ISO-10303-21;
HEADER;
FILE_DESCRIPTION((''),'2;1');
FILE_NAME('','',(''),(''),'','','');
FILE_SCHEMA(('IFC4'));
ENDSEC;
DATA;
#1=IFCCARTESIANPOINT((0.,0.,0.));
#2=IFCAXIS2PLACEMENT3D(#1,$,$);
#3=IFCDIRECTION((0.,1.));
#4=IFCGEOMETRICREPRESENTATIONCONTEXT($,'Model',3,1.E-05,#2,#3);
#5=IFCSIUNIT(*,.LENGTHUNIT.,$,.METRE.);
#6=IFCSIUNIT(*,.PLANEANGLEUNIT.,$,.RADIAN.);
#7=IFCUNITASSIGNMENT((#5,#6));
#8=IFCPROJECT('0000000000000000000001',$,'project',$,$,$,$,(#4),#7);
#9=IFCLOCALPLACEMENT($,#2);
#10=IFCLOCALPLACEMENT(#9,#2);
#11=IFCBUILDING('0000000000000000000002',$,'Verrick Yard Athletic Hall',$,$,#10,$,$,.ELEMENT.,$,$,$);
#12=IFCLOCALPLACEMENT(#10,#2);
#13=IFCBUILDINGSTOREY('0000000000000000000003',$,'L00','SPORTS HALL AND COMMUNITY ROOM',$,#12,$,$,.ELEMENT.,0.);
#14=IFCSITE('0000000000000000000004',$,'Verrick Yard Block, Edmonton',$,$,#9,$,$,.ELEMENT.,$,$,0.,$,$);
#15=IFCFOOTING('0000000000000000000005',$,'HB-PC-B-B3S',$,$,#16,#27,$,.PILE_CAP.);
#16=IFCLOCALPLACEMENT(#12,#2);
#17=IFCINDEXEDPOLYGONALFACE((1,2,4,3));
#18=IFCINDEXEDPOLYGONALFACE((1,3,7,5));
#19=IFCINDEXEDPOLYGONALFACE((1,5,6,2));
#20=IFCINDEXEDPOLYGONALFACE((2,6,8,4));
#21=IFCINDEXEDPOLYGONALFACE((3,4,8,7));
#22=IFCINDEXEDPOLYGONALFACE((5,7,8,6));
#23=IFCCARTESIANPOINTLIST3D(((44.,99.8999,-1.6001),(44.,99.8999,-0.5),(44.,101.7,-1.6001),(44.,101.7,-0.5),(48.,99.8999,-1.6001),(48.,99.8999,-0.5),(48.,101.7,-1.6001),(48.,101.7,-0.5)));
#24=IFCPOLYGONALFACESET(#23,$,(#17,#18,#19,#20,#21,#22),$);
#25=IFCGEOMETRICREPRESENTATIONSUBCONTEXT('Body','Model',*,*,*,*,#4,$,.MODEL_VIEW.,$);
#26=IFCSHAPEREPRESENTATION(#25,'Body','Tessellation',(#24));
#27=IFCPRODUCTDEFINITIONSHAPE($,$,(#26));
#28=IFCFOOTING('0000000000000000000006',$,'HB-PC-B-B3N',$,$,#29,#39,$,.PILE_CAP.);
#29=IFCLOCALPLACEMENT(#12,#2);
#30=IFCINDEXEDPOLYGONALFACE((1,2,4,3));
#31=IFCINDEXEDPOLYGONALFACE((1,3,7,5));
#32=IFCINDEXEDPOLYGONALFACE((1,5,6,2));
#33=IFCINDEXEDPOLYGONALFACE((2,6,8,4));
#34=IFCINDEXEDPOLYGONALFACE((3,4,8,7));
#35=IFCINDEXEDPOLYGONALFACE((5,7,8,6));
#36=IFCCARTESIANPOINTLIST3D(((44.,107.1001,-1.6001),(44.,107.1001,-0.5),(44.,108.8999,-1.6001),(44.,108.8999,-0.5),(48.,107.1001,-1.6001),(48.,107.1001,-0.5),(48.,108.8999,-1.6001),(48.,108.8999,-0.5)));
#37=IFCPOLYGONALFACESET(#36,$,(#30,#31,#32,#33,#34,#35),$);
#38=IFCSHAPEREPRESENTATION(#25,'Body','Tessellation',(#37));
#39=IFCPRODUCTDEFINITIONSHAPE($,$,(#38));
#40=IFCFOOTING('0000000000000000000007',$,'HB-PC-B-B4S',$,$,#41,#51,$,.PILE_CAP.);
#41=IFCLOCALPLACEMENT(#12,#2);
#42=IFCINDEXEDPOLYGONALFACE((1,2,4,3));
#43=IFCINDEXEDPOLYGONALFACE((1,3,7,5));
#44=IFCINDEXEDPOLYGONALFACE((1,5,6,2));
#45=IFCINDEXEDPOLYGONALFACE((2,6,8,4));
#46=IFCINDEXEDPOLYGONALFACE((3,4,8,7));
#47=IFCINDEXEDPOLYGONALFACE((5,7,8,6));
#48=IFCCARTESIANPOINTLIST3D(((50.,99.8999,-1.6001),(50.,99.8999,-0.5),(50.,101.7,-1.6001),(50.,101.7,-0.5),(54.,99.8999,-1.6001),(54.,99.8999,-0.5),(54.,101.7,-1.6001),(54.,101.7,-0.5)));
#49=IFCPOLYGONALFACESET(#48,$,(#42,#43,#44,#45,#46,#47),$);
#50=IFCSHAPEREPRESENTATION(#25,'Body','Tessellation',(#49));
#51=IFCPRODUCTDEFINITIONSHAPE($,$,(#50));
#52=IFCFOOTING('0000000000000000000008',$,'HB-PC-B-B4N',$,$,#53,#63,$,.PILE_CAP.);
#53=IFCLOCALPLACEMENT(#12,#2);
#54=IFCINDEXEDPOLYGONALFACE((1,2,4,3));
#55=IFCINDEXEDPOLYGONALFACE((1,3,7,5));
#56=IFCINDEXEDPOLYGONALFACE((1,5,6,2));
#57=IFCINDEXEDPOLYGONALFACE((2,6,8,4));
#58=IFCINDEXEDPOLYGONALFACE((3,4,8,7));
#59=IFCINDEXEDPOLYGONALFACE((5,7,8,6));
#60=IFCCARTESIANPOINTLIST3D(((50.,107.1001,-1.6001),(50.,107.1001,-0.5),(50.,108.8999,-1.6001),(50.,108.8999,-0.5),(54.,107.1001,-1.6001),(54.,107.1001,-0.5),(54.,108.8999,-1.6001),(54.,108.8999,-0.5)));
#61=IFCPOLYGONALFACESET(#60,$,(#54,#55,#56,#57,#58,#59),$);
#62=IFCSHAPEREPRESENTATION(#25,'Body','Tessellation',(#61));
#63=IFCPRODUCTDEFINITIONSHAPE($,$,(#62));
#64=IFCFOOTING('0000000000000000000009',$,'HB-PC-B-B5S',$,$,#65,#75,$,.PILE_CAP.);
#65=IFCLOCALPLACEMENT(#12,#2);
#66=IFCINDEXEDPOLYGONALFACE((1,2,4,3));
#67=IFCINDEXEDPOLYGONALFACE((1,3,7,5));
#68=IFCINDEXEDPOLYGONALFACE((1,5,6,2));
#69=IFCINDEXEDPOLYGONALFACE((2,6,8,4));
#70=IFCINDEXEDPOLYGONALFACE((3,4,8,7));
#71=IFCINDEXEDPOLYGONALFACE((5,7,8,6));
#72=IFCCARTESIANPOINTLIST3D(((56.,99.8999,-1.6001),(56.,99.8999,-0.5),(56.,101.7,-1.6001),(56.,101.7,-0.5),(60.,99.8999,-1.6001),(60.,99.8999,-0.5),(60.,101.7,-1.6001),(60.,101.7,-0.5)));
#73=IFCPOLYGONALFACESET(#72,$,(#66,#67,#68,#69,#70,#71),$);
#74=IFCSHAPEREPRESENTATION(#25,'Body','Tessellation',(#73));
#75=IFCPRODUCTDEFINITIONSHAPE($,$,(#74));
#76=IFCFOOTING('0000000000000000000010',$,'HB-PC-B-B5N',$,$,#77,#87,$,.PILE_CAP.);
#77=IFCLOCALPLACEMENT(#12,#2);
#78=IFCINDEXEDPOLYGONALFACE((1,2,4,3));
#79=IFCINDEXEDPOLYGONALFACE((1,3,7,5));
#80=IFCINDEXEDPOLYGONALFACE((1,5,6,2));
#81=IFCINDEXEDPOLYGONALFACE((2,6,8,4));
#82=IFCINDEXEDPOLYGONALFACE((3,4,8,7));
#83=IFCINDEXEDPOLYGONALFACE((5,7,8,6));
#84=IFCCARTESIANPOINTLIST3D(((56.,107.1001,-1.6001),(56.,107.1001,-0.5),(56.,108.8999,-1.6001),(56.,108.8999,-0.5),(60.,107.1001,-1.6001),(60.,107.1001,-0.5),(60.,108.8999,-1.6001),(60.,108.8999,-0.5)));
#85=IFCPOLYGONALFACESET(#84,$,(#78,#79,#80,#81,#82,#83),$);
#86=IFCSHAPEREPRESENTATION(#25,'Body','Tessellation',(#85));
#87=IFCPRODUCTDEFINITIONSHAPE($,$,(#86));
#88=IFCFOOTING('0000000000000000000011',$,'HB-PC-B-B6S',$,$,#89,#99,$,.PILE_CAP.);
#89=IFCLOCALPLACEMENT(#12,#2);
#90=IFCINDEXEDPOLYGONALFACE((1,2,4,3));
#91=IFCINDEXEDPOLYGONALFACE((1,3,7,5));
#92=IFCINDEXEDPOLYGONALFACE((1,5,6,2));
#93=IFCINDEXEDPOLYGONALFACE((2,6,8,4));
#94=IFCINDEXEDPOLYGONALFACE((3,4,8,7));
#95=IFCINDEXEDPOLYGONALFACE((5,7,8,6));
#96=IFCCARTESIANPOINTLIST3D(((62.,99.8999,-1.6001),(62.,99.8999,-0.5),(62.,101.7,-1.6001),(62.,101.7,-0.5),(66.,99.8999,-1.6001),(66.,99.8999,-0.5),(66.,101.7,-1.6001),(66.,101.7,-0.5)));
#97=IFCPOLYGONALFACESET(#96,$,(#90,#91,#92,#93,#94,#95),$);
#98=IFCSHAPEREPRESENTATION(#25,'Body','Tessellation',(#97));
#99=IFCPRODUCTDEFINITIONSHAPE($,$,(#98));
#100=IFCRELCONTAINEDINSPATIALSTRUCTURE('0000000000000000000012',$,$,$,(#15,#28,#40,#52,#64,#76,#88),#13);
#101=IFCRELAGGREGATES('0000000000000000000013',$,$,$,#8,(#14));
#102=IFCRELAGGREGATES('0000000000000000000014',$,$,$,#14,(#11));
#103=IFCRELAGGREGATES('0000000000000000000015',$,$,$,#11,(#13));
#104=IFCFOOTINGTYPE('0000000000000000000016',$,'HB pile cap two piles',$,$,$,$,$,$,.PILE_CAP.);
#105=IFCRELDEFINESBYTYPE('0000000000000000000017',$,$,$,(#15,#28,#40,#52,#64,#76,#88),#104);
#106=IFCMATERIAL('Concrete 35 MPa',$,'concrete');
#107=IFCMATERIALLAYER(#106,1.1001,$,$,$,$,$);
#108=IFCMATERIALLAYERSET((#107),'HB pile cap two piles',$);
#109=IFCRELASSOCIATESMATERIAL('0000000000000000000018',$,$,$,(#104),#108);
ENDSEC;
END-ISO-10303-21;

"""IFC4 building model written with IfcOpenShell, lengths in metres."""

from ifc_helpers import new_model, si_unit, direction, frame, origin, place, context, subcontext, project, spatial, polyline, outline, extrude, material, layer, layer_set, type_object, element, save


model = new_model("IFC4")

# Units and contexts
model_context = context("Model", 3, precision=1e-05, world=origin(), true_north=direction((0.0, 1.0)))
body_context = subcontext(model_context, "Body", "Model", "MODEL_VIEW")
ifc_project = project(units=[si_unit("LENGTHUNIT", "METRE"), si_unit("PLANEANGLEUNIT", "RADIAN")], contexts=[model_context])

# Site, building, storey
site_placement = place(None, origin())
site = spatial("IfcSite", under=ifc_project, at=site_placement, Name="Verrick Yard Block, Edmonton", CompositionType="ELEMENT", RefElevation=0.0)
building_placement = place(site_placement, origin())
building = spatial("IfcBuilding", under=site, at=building_placement, Name="Verrick Yard Athletic Hall", CompositionType="ELEMENT")
storey_placement = place(building_placement, origin())
storey = spatial("IfcBuildingStorey", under=building, at=storey_placement, Name="L00", Description="SPORTS HALL AND COMMUNITY ROOM", CompositionType="ELEMENT", Elevation=0.0)

# Footings
ifc_material = material(Name="Concrete 35 MPa", Category="concrete")
ifc_layer_1 = layer(ifc_material, 1.1001)
ifc_layer_set_1 = layer_set([ifc_layer_1], Name="HB pile cap two piles")
footing_type_1 = type_object("IfcFootingType", Name="HB pile cap two piles", PredefinedType="PILE_CAP", material=ifc_layer_set_1)
footing_1_placement = place(storey_placement, frame((0.0, 0.0, -1.6001)))
element("IfcFooting", 1, at=footing_1_placement, inside=storey, type_object=footing_type_1, Name="HB-PC-B-B3S", PredefinedType="PILE_CAP", context=body_context, shape_type="SweptSolid", body=[
    extrude(outline(polyline([(44.0, 99.8999), (48.0, 99.8999), (48.0, 101.7), (44.0, 101.7), (44.0, 99.8999)])), origin(), (0.0, 0.0, 1.0), 1.1001),
])
footing_2_placement = place(storey_placement, frame((0.0, 0.0, -1.6001)))
element("IfcFooting", 2, at=footing_2_placement, inside=storey, type_object=footing_type_1, Name="HB-PC-B-B3N", PredefinedType="PILE_CAP", context=body_context, shape_type="SweptSolid", body=[
    extrude(outline(polyline([(44.0, 107.1001), (48.0, 107.1001), (48.0, 108.8999), (44.0, 108.8999), (44.0, 107.1001)])), origin(), (0.0, 0.0, 1.0), 1.1001),
])
footing_3_placement = place(storey_placement, frame((0.0, 0.0, -1.6001)))
element("IfcFooting", 3, at=footing_3_placement, inside=storey, type_object=footing_type_1, Name="HB-PC-B-B4S", PredefinedType="PILE_CAP", context=body_context, shape_type="SweptSolid", body=[
    extrude(outline(polyline([(50.0, 99.8999), (54.0, 99.8999), (54.0, 101.7), (50.0, 101.7), (50.0, 99.8999)])), origin(), (0.0, 0.0, 1.0), 1.1001),
])
footing_4_placement = place(storey_placement, frame((0.0, 0.0, -1.6001)))
element("IfcFooting", 4, at=footing_4_placement, inside=storey, type_object=footing_type_1, Name="HB-PC-B-B4N", PredefinedType="PILE_CAP", context=body_context, shape_type="SweptSolid", body=[
    extrude(outline(polyline([(50.0, 107.1001), (54.0, 107.1001), (54.0, 108.8999), (50.0, 108.8999), (50.0, 107.1001)])), origin(), (0.0, 0.0, 1.0), 1.1001),
])
footing_5_placement = place(storey_placement, frame((0.0, 0.0, -1.6001)))
element("IfcFooting", 5, at=footing_5_placement, inside=storey, type_object=footing_type_1, Name="HB-PC-B-B5S", PredefinedType="PILE_CAP", context=body_context, shape_type="SweptSolid", body=[
    extrude(outline(polyline([(56.0, 99.8999), (60.0, 99.8999), (60.0, 101.7), (56.0, 101.7), (56.0, 99.8999)])), origin(), (0.0, 0.0, 1.0), 1.1001),
])
footing_6_placement = place(storey_placement, frame((0.0, 0.0, -1.6001)))
element("IfcFooting", 6, at=footing_6_placement, inside=storey, type_object=footing_type_1, Name="HB-PC-B-B5N", PredefinedType="PILE_CAP", context=body_context, shape_type="SweptSolid", body=[
    extrude(outline(polyline([(56.0, 107.1001), (60.0, 107.1001), (60.0, 108.8999), (56.0, 108.8999), (56.0, 107.1001)])), origin(), (0.0, 0.0, 1.0), 1.1001),
])
footing_7_placement = place(storey_placement, frame((0.0, 0.0, -1.6001)))
element("IfcFooting", 7, at=footing_7_placement, inside=storey, type_object=footing_type_1, Name="HB-PC-B-B6S", PredefinedType="PILE_CAP", context=body_context, shape_type="SweptSolid", body=[
    extrude(outline(polyline([(62.0, 99.8999), (66.0, 99.8999), (66.0, 101.7), (62.0, 101.7), (62.0, 99.8999)])), origin(), (0.0, 0.0, 1.0), 1.1001),
])

save(model, "model.ifc")
